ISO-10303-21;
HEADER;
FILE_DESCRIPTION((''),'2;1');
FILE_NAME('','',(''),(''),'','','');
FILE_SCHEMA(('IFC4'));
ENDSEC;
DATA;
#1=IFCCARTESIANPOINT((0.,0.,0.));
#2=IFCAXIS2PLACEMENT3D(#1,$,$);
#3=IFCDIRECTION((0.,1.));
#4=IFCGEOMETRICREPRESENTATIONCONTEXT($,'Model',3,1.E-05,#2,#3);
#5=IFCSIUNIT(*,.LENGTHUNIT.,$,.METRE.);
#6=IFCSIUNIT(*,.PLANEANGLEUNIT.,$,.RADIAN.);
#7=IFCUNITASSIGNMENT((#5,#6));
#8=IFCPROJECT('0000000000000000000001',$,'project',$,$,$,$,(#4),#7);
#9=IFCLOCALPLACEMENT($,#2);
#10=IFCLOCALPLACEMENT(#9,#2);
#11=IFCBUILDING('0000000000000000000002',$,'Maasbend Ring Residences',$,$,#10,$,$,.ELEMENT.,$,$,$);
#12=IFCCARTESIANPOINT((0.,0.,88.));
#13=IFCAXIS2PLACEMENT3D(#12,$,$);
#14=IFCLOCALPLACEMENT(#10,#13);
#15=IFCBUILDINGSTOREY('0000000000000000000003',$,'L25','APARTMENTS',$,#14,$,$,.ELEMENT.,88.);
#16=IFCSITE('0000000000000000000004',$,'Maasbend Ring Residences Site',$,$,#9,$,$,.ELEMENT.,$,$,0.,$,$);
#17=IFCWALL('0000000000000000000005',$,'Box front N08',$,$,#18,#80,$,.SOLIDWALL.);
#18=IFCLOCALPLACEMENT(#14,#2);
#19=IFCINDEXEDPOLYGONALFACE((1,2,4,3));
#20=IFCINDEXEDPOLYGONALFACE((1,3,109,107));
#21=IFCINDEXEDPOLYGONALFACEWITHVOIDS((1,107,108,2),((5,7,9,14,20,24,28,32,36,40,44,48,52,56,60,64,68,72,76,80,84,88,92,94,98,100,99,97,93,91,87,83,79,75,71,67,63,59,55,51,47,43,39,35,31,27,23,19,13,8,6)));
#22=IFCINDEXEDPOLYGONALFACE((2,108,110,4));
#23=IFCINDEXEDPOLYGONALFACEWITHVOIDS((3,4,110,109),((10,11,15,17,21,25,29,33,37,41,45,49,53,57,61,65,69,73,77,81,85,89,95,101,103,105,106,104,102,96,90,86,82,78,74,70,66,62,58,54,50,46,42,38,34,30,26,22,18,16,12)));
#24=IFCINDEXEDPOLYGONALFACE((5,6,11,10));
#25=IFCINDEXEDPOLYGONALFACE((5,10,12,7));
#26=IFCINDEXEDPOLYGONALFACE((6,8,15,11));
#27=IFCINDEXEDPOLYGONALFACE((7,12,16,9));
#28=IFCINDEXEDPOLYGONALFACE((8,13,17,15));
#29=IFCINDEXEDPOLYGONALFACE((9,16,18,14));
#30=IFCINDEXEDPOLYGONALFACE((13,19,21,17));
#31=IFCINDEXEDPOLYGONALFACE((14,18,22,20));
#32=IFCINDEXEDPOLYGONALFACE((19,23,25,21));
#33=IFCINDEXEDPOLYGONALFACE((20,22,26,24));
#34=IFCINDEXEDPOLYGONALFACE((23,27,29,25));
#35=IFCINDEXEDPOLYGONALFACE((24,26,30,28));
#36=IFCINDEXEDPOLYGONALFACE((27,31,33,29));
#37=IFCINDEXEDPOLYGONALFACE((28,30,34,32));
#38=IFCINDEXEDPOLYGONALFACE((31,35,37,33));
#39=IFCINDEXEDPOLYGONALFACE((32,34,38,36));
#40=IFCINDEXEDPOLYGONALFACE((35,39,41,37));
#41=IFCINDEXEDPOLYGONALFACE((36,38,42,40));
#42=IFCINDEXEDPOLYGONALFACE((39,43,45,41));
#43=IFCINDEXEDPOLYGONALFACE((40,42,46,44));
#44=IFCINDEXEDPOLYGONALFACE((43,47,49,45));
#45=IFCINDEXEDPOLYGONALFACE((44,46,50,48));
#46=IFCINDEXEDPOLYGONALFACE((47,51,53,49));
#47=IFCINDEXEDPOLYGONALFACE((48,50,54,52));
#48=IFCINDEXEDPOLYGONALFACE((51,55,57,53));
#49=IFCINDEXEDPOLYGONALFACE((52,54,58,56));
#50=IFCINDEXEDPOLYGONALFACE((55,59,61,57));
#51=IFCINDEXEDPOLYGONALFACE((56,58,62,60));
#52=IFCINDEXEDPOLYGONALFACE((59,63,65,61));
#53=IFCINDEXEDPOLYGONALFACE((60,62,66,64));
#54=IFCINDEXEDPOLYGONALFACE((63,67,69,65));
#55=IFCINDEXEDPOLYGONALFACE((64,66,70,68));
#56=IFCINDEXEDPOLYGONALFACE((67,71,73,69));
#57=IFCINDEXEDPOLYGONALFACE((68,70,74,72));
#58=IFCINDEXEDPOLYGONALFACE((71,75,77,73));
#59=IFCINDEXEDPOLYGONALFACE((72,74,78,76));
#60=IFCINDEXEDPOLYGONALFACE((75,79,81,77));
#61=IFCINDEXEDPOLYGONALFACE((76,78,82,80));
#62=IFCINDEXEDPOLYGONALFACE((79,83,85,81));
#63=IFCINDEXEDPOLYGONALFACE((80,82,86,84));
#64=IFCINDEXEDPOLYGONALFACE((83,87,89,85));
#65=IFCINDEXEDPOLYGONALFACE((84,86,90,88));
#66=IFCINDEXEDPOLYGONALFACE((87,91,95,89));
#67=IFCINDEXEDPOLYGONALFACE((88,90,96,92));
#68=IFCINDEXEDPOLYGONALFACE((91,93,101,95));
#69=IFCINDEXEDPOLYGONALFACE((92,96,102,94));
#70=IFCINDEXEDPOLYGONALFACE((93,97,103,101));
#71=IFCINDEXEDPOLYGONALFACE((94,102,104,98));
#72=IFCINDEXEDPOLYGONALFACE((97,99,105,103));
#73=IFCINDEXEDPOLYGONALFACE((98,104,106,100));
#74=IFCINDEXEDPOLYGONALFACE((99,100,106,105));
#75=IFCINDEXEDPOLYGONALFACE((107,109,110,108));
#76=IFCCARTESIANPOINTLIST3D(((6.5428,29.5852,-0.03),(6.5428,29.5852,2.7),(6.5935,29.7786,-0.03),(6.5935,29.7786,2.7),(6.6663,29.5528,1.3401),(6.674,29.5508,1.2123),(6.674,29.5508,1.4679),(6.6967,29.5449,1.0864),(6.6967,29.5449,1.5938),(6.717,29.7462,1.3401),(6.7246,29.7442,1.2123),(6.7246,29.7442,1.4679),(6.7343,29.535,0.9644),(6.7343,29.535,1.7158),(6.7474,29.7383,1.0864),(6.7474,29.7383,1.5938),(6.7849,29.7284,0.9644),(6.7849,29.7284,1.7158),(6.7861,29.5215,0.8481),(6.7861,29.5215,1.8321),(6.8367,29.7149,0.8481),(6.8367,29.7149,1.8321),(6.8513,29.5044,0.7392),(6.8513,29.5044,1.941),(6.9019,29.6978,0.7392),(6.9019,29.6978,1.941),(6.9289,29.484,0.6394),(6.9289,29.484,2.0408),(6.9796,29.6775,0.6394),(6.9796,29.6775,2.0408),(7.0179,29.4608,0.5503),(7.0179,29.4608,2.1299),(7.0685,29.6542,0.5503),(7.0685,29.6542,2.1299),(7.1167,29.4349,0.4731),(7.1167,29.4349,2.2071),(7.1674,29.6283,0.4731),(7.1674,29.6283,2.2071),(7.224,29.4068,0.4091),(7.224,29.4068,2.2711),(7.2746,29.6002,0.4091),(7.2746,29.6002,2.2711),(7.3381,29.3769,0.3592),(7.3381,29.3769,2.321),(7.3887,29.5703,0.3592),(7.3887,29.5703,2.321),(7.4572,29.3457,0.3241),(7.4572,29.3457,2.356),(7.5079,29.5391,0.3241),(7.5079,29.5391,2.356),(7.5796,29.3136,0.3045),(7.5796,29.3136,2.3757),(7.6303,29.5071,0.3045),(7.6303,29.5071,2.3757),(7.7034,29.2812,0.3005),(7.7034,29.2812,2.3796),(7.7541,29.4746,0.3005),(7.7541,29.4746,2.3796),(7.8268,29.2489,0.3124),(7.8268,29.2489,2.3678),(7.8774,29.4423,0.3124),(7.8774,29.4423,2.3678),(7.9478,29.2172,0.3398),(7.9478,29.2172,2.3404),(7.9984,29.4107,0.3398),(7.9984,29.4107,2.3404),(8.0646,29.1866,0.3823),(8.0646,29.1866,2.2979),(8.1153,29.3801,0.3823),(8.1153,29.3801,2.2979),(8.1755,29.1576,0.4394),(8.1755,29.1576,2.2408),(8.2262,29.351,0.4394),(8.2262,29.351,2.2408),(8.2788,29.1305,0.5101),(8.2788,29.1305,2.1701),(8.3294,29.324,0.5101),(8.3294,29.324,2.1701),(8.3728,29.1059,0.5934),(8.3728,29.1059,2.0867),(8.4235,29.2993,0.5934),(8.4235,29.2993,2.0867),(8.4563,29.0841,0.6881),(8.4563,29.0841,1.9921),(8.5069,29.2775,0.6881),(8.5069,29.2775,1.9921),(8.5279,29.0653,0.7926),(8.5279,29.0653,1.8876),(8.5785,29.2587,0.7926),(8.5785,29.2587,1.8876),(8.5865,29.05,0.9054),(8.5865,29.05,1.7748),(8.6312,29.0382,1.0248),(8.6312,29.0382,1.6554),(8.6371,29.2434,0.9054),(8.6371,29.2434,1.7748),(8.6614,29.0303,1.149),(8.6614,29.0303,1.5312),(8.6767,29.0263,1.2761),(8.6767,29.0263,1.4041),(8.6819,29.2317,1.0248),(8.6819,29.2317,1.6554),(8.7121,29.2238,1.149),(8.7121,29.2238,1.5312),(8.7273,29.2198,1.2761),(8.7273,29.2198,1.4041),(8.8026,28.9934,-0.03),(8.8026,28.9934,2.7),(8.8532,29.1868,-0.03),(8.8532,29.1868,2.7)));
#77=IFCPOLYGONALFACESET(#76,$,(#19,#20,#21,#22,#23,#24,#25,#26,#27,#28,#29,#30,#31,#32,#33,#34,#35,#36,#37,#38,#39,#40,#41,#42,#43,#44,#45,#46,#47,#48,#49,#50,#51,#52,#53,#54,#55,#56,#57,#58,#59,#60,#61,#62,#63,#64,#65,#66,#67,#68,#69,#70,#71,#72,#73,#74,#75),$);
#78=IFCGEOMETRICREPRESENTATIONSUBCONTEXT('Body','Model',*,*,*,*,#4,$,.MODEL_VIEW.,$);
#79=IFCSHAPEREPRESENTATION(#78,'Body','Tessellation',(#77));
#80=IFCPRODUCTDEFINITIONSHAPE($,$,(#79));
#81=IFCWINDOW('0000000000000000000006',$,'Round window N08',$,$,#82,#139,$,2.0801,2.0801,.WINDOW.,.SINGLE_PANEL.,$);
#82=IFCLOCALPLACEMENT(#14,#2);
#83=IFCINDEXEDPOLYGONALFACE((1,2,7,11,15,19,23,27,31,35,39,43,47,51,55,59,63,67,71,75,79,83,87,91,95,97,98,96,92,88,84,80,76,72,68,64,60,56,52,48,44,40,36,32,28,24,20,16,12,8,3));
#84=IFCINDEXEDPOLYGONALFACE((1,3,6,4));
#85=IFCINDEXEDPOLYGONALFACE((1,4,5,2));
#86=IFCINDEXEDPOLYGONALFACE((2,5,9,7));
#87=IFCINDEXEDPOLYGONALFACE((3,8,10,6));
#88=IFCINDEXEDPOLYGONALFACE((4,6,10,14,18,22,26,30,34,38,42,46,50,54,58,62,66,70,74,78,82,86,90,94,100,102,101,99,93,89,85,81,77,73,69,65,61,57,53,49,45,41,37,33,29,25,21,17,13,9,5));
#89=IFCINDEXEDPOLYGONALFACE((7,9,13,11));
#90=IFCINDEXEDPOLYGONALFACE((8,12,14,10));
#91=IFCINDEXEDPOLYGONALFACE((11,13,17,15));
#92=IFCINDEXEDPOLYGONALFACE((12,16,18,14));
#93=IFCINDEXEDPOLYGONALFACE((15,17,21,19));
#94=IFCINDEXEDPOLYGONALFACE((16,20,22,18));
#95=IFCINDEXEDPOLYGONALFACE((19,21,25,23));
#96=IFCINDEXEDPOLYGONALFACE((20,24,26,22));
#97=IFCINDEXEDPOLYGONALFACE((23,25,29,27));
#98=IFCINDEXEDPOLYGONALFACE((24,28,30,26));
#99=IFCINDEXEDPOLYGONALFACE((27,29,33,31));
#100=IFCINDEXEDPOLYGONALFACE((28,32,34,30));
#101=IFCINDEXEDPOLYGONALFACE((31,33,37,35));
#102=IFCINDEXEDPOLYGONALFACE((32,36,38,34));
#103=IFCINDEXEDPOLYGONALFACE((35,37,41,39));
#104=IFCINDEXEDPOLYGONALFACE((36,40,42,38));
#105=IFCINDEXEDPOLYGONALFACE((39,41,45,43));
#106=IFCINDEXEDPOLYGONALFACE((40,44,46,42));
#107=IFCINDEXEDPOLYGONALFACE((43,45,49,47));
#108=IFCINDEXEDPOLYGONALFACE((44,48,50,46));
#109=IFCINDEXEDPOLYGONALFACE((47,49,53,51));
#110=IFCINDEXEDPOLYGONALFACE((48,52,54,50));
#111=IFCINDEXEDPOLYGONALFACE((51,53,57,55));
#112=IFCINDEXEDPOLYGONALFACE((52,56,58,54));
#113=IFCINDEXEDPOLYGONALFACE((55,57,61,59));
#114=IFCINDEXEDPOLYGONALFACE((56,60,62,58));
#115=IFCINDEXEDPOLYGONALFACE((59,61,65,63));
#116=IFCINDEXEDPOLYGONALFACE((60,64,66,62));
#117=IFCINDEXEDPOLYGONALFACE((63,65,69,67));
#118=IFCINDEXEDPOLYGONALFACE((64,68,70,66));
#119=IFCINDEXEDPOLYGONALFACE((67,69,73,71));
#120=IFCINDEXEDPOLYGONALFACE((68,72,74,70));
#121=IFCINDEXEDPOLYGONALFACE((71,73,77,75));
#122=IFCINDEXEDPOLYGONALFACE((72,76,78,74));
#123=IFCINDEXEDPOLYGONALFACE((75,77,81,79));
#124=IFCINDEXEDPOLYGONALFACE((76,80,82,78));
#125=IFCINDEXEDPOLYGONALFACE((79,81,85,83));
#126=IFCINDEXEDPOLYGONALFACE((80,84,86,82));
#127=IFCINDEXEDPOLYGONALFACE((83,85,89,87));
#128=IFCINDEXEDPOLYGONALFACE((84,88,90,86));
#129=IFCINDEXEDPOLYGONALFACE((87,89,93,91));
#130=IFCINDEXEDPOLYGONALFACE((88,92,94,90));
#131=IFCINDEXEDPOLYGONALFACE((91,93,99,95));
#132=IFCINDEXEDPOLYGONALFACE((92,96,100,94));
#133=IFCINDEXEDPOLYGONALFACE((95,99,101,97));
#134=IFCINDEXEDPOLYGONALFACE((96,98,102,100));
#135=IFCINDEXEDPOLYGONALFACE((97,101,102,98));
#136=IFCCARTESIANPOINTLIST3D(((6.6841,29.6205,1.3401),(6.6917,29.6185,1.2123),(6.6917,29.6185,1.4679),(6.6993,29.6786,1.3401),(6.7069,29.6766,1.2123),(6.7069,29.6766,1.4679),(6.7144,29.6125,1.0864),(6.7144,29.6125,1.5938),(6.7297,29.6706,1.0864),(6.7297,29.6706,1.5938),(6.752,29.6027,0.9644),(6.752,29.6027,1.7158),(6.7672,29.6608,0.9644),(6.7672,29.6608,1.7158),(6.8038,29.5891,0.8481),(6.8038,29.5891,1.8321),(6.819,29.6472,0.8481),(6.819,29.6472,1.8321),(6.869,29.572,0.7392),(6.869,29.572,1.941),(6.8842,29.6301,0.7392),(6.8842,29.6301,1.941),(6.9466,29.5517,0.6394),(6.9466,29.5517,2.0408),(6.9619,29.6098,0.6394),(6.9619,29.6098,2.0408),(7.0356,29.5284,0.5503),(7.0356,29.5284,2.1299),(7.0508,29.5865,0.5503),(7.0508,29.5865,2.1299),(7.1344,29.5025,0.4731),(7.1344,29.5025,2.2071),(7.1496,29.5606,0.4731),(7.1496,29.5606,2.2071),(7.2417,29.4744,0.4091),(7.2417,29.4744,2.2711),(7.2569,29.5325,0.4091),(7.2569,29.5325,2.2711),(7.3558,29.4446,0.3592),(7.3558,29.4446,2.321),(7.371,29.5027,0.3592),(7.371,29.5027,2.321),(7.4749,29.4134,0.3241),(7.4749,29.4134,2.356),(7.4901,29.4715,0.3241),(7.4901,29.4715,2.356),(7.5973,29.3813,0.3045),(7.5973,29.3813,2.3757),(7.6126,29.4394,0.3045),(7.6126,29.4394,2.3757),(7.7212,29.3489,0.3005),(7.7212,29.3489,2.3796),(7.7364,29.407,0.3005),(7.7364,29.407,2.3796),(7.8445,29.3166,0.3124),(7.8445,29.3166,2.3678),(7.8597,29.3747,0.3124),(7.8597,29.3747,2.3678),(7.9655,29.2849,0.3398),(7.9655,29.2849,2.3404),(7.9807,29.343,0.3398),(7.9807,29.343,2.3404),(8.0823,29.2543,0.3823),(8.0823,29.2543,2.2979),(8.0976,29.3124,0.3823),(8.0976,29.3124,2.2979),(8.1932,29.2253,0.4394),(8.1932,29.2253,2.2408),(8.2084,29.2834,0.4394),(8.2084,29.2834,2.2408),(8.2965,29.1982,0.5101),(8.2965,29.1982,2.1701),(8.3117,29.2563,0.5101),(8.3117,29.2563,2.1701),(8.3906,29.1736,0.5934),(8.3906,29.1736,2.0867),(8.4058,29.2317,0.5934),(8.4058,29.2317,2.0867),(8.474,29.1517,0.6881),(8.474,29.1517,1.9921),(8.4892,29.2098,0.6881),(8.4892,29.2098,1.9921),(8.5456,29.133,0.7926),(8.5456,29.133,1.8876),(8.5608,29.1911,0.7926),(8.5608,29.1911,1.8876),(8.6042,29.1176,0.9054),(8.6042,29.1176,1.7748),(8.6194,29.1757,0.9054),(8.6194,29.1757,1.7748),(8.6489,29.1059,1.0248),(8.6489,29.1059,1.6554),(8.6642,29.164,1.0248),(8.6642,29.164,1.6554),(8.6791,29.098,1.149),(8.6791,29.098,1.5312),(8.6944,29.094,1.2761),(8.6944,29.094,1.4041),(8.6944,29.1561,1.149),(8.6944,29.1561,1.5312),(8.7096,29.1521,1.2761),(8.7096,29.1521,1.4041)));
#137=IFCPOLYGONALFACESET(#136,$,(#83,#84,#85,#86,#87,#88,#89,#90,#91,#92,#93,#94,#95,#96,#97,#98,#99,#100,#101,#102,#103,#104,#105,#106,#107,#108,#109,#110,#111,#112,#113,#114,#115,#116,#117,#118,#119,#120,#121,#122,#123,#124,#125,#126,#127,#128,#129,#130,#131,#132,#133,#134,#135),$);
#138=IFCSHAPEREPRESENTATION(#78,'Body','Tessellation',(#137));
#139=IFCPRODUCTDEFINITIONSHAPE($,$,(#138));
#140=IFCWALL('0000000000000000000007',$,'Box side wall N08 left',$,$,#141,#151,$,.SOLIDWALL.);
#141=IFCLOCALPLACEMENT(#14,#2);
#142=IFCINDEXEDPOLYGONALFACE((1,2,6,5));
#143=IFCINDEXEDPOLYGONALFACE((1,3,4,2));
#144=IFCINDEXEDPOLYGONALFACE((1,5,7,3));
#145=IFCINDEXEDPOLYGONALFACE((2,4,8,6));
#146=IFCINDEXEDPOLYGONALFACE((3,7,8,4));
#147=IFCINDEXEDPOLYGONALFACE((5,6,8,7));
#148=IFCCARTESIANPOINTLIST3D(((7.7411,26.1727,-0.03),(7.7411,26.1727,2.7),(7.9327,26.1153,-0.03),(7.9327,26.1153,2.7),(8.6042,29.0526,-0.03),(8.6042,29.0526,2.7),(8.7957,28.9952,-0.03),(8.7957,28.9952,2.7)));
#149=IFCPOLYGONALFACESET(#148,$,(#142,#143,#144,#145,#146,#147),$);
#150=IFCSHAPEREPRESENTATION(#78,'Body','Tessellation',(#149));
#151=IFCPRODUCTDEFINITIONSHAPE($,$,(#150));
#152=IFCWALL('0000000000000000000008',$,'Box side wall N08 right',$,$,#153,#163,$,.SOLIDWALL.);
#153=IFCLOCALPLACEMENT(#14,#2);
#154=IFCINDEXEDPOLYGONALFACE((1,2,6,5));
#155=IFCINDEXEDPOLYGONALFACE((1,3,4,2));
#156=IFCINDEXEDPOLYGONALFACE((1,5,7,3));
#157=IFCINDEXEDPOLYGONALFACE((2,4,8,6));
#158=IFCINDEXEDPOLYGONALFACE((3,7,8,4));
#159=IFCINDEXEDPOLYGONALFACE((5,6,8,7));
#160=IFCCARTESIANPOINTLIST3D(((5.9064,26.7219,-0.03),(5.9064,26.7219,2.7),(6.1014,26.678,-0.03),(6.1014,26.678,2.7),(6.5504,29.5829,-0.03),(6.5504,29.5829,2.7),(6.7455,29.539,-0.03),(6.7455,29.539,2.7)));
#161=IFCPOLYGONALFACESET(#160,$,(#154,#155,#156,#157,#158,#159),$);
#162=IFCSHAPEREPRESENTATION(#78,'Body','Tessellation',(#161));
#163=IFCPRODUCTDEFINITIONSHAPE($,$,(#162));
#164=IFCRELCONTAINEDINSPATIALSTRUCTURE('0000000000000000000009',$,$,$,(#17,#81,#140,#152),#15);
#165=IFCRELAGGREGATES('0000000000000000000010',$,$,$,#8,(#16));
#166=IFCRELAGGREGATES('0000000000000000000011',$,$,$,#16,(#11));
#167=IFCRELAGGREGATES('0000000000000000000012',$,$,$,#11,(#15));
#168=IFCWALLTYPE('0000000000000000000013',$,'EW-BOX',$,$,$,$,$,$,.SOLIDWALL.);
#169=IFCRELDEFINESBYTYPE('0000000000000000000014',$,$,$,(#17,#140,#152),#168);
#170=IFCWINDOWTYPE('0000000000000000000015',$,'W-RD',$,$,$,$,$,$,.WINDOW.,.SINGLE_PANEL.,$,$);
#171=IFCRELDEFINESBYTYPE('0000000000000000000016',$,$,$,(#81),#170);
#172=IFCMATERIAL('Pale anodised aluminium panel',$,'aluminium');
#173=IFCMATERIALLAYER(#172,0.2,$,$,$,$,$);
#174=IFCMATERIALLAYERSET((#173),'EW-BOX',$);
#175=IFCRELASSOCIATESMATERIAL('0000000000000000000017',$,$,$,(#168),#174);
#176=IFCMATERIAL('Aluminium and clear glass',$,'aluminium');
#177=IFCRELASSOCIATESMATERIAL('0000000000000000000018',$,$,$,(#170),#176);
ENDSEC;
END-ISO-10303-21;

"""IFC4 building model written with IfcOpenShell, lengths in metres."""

from ifc_helpers import new_model, si_unit, direction, frame, frame_2d, origin, place, context, subcontext, project, spatial, rectangle, circle, extrude, material, layer, layer_set, type_object, element, fill, save


model = new_model("IFC4")

# Units and contexts
model_context = context("Model", 3, precision=1e-05, world=origin(), true_north=direction((0.0, 1.0)))
body_context = subcontext(model_context, "Body", "Model", "MODEL_VIEW")
ifc_project = project(units=[si_unit("LENGTHUNIT", "METRE"), si_unit("PLANEANGLEUNIT", "RADIAN")], contexts=[model_context])

# Site, building, storey
site_placement = place(None, origin())
site = spatial("IfcSite", under=ifc_project, at=site_placement, Name="Maasbend Ring Residences Site", CompositionType="ELEMENT", RefElevation=0.0)
building_placement = place(site_placement, origin())
building = spatial("IfcBuilding", under=site, at=building_placement, Name="Maasbend Ring Residences", CompositionType="ELEMENT")
storey_placement = place(building_placement, frame((0.0, 0.0, 88.0)))
storey = spatial("IfcBuildingStorey", under=building, at=storey_placement, Name="L25", Description="APARTMENTS", CompositionType="ELEMENT", Elevation=88.0)

# Shared definitions
ifc_material_1 = material(Name="Pale anodised aluminium panel", Category="aluminium")
ifc_layer_1 = layer(ifc_material_1, 0.2)
ifc_layer_set_1 = layer_set([ifc_layer_1], Name="EW-BOX")
wall_type_1 = type_object("IfcWallType", Name="EW-BOX", PredefinedType="SOLIDWALL", material=ifc_layer_set_1)

# Wall, opening, window
wall_1_placement = place(storey_placement, frame((8.8279, 29.0901, -0.03), z_axis=(0.0, 0.0, 1.0), x_axis=(-0.967377, 0.253341, 0.0)))
wall_1 = element("IfcWall", 1, at=wall_1_placement, inside=storey, type_object=wall_type_1, Name="Box front N08", PredefinedType="SOLIDWALL", context=body_context, shape_type="SweptSolid", body=[
    extrude(rectangle(XDim=2.3359, YDim=0.2, at=frame_2d((1.168, 0.0))), origin(), (0.0, 0.0, 1.0), 2.73),
])
opening_1_placement = place(wall_1_placement, frame((0.1282, 0.0, 0.3301)))
opening_1 = element("IfcOpeningElement", 2, at=opening_1_placement, cuts=wall_1, PredefinedType="OPENING", context=body_context, shape_type="SweptSolid", body=[
    extrude(circle(Radius=1.04, at=frame_2d((1.04, 1.04))), frame((0.0, 0.1099, 0.0), z_axis=(0.0, -1.0, 0.0), x_axis=(1.0, 0.0, 0.0)), (0.0, 0.0, 1.0), 0.22),
])
ifc_material_2 = material(Name="Aluminium and clear glass", Category="aluminium")
window_type_1 = type_object("IfcWindowType", Name="W-RD", PartitioningType="SINGLE_PANEL", PredefinedType="WINDOW", material=ifc_material_2)
window_1_placement = place(opening_1_placement, origin())
window_1 = element("IfcWindow", 3, at=window_1_placement, inside=storey, type_object=window_type_1, Name="Round window N08", OverallHeight=2.0801, OverallWidth=2.0801, PartitioningType="SINGLE_PANEL", PredefinedType="WINDOW", context=body_context, shape_type="SweptSolid", body=[
    extrude(circle(Radius=1.04, at=frame_2d((1.04, 1.04))), frame((0.0, 0.03, 0.0), z_axis=(0.0, -1.0, 0.0), x_axis=(1.0, 0.0, 0.0)), (0.0, 0.0, 1.0), 0.0601),
])
fill(opening_1, window_1)

# Walls
wall_2_placement = place(storey_placement, frame((7.8369, 26.144, -0.03), z_axis=(0.0, 0.0, 1.0), x_axis=(0.287065, 0.957911, 0.0)))
element("IfcWall", 4, at=wall_2_placement, inside=storey, type_object=wall_type_1, Name="Box side wall N08 left", PredefinedType="SOLIDWALL", context=body_context, shape_type="SweptSolid", body=[
    extrude(rectangle(XDim=3.0063, YDim=0.2, at=frame_2d((1.5032, 0.0))), origin(), (0.0, 0.0, 1.0), 2.73),
])
wall_3_placement = place(storey_placement, frame((6.0039, 26.7, -0.03), z_axis=(0.0, 0.0, 1.0), x_axis=(0.219609, 0.975588, 0.0)))
element("IfcWall", 5, at=wall_3_placement, inside=storey, type_object=wall_type_1, Name="Box side wall N08 right", PredefinedType="SOLIDWALL", context=body_context, shape_type="SweptSolid", body=[
    extrude(rectangle(XDim=2.9326, YDim=0.2, at=frame_2d((1.4663, 0.0))), origin(), (0.0, 0.0, 1.0), 2.73),
])

save(model, "model.ifc")
